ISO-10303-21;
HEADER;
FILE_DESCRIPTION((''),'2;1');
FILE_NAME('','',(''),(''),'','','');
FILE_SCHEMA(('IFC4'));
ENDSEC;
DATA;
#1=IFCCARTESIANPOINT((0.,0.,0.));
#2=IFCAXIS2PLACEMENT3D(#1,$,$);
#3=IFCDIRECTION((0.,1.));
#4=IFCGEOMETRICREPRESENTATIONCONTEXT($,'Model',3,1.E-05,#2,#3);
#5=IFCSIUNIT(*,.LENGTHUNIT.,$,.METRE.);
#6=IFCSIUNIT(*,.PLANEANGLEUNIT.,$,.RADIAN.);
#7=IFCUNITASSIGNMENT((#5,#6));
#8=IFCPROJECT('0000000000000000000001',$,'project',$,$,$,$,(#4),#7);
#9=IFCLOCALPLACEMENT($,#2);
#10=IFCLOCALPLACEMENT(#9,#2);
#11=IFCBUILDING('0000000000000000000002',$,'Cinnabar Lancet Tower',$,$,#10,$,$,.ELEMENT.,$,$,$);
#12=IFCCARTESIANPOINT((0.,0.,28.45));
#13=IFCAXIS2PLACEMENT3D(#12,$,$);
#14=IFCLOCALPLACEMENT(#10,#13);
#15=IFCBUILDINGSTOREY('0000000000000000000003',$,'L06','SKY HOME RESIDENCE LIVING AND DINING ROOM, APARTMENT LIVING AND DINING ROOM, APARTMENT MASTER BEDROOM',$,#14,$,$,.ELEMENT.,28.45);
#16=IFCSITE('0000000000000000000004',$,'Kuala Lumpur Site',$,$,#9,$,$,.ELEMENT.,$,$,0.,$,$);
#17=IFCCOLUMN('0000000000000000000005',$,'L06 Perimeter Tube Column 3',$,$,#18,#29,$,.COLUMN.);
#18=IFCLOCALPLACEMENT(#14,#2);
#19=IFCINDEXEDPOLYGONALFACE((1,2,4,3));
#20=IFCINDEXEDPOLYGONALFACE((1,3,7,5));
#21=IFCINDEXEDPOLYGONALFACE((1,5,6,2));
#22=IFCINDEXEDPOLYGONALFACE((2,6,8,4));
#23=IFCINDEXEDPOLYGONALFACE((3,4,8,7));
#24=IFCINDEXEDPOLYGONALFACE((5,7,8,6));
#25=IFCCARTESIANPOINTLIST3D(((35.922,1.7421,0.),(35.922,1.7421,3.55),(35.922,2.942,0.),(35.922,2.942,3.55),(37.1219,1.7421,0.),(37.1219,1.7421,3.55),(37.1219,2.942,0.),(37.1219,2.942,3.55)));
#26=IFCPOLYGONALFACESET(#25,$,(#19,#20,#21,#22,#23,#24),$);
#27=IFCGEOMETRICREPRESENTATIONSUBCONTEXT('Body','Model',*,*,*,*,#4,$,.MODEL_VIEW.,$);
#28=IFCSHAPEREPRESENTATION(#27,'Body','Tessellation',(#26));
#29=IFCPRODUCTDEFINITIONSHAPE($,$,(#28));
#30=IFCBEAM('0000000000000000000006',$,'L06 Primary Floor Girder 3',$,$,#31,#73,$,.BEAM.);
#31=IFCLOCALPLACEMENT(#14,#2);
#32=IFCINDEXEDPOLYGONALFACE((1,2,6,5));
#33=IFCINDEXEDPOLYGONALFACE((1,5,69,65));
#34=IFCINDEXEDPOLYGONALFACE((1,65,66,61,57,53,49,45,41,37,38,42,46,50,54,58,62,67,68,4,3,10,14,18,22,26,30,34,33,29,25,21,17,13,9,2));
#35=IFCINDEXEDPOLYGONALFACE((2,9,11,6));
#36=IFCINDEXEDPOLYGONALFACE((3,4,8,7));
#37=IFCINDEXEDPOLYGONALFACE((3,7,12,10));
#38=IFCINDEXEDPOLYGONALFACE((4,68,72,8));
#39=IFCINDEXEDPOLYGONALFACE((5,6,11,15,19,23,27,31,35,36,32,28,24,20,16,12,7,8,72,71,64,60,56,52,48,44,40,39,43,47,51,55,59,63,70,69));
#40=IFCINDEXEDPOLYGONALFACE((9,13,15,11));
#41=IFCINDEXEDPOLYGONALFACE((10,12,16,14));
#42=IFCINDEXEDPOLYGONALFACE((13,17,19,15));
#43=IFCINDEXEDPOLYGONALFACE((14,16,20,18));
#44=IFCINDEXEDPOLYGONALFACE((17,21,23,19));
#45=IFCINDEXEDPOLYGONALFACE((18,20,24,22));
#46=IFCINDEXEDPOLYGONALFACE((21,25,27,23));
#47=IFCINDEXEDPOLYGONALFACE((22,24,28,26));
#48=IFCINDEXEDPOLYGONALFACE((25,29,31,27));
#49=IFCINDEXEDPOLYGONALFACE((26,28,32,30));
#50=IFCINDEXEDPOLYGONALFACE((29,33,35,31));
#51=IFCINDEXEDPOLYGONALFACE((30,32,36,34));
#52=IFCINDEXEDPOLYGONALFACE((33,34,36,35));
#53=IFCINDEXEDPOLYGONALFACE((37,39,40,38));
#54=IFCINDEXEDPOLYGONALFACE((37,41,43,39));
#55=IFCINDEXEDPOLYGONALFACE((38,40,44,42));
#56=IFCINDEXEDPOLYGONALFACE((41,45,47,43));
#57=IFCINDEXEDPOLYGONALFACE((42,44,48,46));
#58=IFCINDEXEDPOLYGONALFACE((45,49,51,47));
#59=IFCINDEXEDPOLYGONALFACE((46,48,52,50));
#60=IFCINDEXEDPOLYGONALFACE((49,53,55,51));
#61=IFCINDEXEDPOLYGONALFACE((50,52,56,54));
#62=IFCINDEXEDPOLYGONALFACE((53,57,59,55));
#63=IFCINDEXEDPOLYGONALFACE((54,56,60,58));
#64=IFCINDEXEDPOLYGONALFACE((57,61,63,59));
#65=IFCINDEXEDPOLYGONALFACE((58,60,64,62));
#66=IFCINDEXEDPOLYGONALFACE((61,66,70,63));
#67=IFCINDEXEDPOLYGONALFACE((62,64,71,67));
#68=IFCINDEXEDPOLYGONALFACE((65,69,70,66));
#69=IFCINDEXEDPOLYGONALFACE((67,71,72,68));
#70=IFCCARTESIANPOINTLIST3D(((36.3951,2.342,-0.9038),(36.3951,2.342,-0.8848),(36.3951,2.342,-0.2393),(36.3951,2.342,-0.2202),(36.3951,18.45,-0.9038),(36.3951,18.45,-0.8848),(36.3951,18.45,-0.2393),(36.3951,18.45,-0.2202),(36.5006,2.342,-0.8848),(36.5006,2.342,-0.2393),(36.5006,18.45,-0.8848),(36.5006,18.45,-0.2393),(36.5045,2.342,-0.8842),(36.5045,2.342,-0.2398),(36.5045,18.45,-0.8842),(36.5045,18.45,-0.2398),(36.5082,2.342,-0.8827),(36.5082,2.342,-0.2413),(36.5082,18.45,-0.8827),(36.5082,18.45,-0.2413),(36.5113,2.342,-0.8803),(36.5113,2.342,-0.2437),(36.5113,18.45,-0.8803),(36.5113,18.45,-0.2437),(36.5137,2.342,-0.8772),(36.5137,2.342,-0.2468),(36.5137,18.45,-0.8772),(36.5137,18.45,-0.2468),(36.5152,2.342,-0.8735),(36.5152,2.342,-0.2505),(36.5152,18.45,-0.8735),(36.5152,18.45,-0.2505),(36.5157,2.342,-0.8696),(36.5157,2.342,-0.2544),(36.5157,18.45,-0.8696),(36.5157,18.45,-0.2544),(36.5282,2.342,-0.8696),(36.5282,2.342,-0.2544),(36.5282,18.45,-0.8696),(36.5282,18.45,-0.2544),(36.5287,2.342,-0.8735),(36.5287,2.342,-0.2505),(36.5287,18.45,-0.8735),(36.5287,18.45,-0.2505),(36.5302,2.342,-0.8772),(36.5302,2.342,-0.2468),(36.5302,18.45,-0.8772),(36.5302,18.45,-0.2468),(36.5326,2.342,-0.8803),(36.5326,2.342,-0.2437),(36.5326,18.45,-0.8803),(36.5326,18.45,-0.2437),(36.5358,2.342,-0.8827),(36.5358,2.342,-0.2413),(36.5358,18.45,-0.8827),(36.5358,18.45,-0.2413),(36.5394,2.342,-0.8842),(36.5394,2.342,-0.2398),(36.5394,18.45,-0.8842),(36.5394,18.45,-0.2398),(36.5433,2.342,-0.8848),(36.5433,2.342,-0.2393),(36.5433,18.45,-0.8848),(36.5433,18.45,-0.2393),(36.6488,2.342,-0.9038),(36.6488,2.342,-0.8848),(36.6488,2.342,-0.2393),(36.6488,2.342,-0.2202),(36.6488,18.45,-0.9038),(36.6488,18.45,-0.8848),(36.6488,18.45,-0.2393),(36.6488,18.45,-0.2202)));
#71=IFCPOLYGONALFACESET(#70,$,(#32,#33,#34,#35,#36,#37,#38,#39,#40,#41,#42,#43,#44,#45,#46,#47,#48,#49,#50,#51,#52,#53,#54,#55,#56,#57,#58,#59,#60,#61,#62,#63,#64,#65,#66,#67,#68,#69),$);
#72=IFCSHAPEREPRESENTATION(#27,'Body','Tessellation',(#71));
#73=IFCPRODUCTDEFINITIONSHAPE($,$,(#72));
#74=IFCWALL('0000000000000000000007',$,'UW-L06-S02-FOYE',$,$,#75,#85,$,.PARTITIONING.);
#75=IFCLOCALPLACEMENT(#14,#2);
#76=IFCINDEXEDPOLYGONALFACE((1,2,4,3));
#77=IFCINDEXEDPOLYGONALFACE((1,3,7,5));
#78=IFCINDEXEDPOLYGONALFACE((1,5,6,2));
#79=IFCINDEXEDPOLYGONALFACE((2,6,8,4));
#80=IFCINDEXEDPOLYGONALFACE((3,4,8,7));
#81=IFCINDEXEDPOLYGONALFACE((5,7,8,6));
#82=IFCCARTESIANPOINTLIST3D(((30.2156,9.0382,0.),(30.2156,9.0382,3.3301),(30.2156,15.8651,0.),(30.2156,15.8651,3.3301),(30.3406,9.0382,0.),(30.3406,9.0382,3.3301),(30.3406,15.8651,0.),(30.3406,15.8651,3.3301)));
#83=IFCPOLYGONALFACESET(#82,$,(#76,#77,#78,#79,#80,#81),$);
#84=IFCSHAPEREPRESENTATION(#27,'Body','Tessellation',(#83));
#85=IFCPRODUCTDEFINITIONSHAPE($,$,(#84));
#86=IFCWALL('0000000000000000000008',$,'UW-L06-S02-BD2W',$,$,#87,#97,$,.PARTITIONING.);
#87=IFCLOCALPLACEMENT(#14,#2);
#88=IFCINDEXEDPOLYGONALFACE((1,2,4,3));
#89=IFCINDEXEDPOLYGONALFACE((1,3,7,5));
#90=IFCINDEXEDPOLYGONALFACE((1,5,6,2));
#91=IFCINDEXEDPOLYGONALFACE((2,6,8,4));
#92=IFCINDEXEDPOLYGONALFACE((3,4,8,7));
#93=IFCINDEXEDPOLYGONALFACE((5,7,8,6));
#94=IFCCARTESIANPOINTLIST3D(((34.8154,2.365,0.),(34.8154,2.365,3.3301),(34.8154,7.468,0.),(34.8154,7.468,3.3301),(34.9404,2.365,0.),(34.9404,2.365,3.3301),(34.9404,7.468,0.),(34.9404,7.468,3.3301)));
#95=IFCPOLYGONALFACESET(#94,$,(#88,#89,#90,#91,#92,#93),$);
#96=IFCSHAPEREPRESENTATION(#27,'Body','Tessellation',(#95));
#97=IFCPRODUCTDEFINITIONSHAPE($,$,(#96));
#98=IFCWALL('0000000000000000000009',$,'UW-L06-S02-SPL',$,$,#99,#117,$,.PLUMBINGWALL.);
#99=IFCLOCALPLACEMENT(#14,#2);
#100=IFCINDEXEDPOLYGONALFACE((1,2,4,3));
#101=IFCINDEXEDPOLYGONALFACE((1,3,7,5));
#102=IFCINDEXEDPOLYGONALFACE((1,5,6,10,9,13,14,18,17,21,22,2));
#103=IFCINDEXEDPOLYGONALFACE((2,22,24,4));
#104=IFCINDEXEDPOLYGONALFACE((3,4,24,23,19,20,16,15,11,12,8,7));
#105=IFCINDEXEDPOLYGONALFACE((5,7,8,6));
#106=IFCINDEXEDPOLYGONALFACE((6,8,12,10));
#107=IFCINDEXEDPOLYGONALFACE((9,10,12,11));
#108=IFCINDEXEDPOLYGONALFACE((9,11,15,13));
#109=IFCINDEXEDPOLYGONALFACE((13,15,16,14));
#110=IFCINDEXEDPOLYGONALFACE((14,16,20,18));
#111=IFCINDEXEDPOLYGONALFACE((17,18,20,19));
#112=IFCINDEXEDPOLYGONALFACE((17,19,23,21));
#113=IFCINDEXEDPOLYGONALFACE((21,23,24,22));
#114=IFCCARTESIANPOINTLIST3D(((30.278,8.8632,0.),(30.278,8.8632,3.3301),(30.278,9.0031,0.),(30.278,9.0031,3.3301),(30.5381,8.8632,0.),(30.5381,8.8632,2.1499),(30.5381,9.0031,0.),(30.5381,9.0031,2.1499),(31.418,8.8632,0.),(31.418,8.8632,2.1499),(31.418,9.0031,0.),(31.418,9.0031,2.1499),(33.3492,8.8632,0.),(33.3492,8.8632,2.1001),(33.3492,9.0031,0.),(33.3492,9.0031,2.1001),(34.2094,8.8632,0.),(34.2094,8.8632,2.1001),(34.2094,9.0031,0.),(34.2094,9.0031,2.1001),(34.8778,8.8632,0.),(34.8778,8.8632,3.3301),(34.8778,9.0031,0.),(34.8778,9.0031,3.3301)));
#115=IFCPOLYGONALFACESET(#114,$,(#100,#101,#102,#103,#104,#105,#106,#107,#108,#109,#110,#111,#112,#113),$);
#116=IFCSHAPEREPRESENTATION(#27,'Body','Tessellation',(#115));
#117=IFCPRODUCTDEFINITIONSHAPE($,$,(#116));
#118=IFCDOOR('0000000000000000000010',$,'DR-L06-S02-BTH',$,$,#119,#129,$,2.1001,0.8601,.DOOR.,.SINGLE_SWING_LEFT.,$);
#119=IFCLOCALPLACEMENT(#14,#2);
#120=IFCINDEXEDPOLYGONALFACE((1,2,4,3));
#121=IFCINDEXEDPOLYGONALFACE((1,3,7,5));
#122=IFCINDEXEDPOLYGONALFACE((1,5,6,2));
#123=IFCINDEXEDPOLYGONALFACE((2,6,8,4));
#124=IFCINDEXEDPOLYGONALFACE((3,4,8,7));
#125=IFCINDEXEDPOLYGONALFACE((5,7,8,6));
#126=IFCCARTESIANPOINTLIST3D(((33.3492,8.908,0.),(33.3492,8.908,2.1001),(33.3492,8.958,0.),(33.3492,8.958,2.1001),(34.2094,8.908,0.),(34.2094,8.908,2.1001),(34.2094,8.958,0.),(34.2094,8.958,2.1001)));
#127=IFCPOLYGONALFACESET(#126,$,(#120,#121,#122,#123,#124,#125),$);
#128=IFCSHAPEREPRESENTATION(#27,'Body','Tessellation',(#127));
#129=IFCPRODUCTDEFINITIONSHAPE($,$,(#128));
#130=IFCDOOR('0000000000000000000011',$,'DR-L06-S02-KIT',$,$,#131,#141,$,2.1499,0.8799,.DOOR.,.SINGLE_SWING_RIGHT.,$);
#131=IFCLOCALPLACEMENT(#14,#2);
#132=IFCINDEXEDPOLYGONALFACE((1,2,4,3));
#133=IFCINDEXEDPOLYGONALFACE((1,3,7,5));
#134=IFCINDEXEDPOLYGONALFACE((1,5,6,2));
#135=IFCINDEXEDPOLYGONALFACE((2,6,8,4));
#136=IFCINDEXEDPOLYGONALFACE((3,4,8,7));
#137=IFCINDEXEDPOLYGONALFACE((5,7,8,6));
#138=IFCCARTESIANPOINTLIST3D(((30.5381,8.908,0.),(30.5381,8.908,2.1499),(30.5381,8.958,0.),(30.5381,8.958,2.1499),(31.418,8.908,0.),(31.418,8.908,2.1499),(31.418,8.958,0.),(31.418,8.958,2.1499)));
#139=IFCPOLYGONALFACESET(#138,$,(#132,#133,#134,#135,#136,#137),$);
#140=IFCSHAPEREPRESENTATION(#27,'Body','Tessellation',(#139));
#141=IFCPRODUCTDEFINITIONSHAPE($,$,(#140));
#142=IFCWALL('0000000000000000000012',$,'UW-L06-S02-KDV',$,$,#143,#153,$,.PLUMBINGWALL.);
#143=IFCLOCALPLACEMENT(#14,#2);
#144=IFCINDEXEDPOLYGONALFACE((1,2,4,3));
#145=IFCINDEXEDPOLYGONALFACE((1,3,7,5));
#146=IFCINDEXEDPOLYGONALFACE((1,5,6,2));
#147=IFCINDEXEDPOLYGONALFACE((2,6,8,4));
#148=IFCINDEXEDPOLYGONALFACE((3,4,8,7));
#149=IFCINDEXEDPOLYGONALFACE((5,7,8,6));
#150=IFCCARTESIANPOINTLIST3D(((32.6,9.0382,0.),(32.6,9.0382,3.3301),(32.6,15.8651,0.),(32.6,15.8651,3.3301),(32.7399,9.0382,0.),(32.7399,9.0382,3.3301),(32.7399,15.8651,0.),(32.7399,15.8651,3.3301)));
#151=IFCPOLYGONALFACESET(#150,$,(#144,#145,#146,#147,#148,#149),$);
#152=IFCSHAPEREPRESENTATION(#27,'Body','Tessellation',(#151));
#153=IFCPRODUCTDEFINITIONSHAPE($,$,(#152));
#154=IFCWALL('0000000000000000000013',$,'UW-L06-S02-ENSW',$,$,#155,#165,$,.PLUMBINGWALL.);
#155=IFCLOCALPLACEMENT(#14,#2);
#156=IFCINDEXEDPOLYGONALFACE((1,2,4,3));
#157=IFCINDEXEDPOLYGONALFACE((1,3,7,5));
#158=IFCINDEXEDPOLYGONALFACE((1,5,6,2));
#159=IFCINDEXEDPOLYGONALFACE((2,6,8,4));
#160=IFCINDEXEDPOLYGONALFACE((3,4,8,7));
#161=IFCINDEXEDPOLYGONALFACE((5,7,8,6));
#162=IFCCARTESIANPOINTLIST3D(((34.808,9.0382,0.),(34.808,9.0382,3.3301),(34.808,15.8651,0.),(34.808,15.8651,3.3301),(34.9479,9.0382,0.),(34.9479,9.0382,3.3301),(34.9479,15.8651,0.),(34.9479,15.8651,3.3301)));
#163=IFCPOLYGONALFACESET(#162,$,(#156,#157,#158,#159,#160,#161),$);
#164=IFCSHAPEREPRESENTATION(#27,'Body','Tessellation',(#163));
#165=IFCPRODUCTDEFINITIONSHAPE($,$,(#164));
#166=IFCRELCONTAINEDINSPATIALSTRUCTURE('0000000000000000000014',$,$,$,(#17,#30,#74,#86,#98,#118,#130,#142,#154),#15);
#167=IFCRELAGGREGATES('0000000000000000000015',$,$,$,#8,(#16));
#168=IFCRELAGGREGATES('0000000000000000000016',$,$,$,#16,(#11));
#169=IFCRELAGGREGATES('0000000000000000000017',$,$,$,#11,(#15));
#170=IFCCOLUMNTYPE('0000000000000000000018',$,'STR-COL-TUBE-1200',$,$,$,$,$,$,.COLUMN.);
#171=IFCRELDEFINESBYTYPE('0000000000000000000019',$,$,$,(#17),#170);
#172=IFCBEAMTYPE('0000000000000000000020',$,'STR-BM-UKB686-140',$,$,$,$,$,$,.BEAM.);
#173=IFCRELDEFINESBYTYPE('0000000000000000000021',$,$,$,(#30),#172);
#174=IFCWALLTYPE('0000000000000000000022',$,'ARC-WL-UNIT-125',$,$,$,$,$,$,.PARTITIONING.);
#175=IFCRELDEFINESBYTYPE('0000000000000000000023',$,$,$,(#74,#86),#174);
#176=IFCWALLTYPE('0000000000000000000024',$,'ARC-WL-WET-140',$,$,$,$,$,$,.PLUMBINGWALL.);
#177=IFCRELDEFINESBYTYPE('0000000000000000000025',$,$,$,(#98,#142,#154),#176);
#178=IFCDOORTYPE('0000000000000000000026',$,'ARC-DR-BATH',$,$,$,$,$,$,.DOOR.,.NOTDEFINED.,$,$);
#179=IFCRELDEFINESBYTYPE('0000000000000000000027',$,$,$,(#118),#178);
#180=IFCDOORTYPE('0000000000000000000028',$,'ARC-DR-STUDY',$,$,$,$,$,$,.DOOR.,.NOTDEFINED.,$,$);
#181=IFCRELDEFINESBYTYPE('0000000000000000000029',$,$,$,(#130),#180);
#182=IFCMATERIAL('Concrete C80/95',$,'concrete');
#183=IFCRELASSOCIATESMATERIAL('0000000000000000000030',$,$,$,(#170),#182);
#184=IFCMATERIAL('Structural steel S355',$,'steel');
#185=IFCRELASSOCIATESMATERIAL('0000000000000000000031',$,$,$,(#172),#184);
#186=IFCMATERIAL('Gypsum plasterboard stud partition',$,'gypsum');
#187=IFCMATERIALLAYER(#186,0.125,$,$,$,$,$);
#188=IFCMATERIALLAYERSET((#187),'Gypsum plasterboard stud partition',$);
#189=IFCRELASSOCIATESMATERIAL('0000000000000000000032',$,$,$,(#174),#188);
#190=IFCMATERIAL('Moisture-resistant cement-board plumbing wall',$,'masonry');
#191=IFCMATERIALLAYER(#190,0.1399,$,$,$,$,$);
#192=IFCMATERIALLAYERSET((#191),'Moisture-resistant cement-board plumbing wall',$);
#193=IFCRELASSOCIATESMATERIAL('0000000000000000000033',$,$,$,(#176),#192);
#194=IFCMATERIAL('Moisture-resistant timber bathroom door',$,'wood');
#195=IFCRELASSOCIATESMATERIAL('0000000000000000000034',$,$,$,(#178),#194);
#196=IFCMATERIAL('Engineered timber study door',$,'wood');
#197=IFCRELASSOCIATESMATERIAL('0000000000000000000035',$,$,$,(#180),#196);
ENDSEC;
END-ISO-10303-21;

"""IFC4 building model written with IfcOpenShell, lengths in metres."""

from ifc_helpers import new_model, si_unit, direction, frame, frame_2d, origin, origin_2d, place, context, subcontext, project, spatial, rectangle, i_section, extrude, material, layer, layer_set, material_profile, profile_set, type_object, element, fill, save


model = new_model("IFC4")

# Units and contexts
model_context = context("Model", 3, precision=1e-05, world=origin(), true_north=direction((0.0, 1.0)))
body_context = subcontext(model_context, "Body", "Model", "MODEL_VIEW")
ifc_project = project(units=[si_unit("LENGTHUNIT", "METRE"), si_unit("PLANEANGLEUNIT", "RADIAN")], contexts=[model_context])

# Site, building, storey
site_placement = place(None, origin())
site = spatial("IfcSite", under=ifc_project, at=site_placement, Name="Kuala Lumpur Site", CompositionType="ELEMENT", RefElevation=0.0)
building_placement = place(site_placement, origin())
building = spatial("IfcBuilding", under=site, at=building_placement, Name="Cinnabar Lancet Tower", CompositionType="ELEMENT")
storey_placement = place(building_placement, frame((0.0, 0.0, 28.45)))
storey = spatial("IfcBuildingStorey", under=building, at=storey_placement, Name="L06", Description="SKY HOME RESIDENCE LIVING AND DINING ROOM, APARTMENT LIVING AND DINING ROOM, APARTMENT MASTER BEDROOM", CompositionType="ELEMENT", Elevation=28.45)

# Column
ifc_material_1 = material(Name="Concrete C80/95", Category="concrete")
ifc_material_profile_1 = material_profile(ifc_material_1, rectangle(XDim=1.2, YDim=1.2, at=origin_2d()), Name="RC-COL 1200x1200")
ifc_profile_set_1 = profile_set([ifc_material_profile_1], Name="Concrete C80/95")
column_type = type_object("IfcColumnType", Name="STR-COL-TUBE-1200", PredefinedType="COLUMN", material=ifc_profile_set_1)
column_placement = place(storey_placement, frame((36.522, 2.342, 0.0), z_axis=(0.0, 0.0, 1.0), x_axis=(1.0, 0.0, 0.0)))
element("IfcColumn", 1, at=column_placement, inside=storey, type_object=column_type, Name="L06 Perimeter Tube Column 3", PredefinedType="COLUMN", context=body_context, shape_type="SweptSolid", body=[
    extrude(rectangle(XDim=1.2, YDim=1.2, at=origin_2d()), origin(), (0.0, 0.0, 1.0), 3.55),
])

# Beam
ifc_material_2 = material(Name="Structural steel S355", Category="steel")
ifc_material_profile_2 = material_profile(ifc_material_2, i_section(OverallWidth=0.2537, OverallDepth=0.6836, WebThickness=0.0125, FlangeThickness=0.019, FilletRadius=0.0151, at=origin_2d()), Name="UKB 686x254x140")
ifc_profile_set_2 = profile_set([ifc_material_profile_2], Name="Structural steel S355")
beam_type = type_object("IfcBeamType", Name="STR-BM-UKB686-140", PredefinedType="BEAM", material=ifc_profile_set_2)
beam_placement = place(storey_placement, frame((36.522, 2.342, -0.562), z_axis=(0.0, 1.0, 0.0), x_axis=(-1.0, 0.0, 0.0)))
element("IfcBeam", 2, at=beam_placement, inside=storey, type_object=beam_type, Name="L06 Primary Floor Girder 3", PredefinedType="BEAM", context=body_context, shape_type="SweptSolid", body=[
    extrude(i_section(OverallWidth=0.2537, OverallDepth=0.6836, WebThickness=0.0125, FlangeThickness=0.019, FilletRadius=0.0151, at=origin_2d()), origin(), (0.0, 0.0, 1.0), 16.1079),
])

# Walls
ifc_material_3 = material(Name="Gypsum plasterboard stud partition", Category="gypsum")
ifc_layer_1 = layer(ifc_material_3, 0.125)
ifc_layer_set_1 = layer_set([ifc_layer_1], Name="Gypsum plasterboard stud partition")
wall_type_1 = type_object("IfcWallType", Name="ARC-WL-UNIT-125", PredefinedType="PARTITIONING", material=ifc_layer_set_1)
wall_1_placement = place(storey_placement, frame((30.2781, 9.0381, 0.0), z_axis=(0.0, 0.0, 1.0), x_axis=(0.0, 1.0, 0.0)))
element("IfcWall", 3, at=wall_1_placement, inside=storey, type_object=wall_type_1, Name="UW-L06-S02-FOYE", PredefinedType="PARTITIONING", context=body_context, shape_type="SweptSolid", body=[
    extrude(rectangle(XDim=6.8269, YDim=0.125, at=frame_2d((3.4136, 0.0))), origin(), (0.0, 0.0, 1.0), 3.3301),
])
wall_2_placement = place(storey_placement, frame((34.8779, 2.365, 0.0), z_axis=(0.0, 0.0, 1.0), x_axis=(0.0, 1.0, 0.0)))
element("IfcWall", 4, at=wall_2_placement, inside=storey, type_object=wall_type_1, Name="UW-L06-S02-BD2W", PredefinedType="PARTITIONING", context=body_context, shape_type="SweptSolid", body=[
    extrude(rectangle(XDim=5.103, YDim=0.125, at=frame_2d((2.5515, 0.0))), origin(), (0.0, 0.0, 1.0), 3.3301),
])

# Wall, openings, doors
ifc_material_4 = material(Name="Moisture-resistant cement-board plumbing wall", Category="masonry")
ifc_layer_2 = layer(ifc_material_4, 0.1399)
ifc_layer_set_2 = layer_set([ifc_layer_2], Name="Moisture-resistant cement-board plumbing wall")
wall_type_2 = type_object("IfcWallType", Name="ARC-WL-WET-140", PredefinedType="PLUMBINGWALL", material=ifc_layer_set_2)
wall_3_placement = place(storey_placement, frame((30.2781, 8.9331, 0.0), z_axis=(0.0, 0.0, 1.0), x_axis=(1.0, 0.0, 0.0)))
wall_3 = element("IfcWall", 5, at=wall_3_placement, inside=storey, type_object=wall_type_2, Name="UW-L06-S02-SPL", PredefinedType="PLUMBINGWALL", context=body_context, shape_type="SweptSolid", body=[
    extrude(rectangle(XDim=4.5999, YDim=0.1399, at=frame_2d((2.2998, 0.0))), origin(), (0.0, 0.0, 1.0), 3.3301),
])
opening_1_placement = place(wall_3_placement, frame((3.071, 0.0, 0.0)))
opening_1 = element("IfcOpeningElement", 6, at=opening_1_placement, cuts=wall_3, PredefinedType="OPENING", context=body_context, shape_type="SweptSolid", body=[
    extrude(rectangle(XDim=0.8601, YDim=2.1001, at=frame_2d((0.4302, 1.05))), frame((0.0, 0.0798, 0.0), z_axis=(0.0, -1.0, 0.0), x_axis=(1.0, 0.0, 0.0)), (0.0, 0.0, 1.0), 0.1599),
])
opening_2_placement = place(wall_3_placement, frame((0.26, 0.0, 0.0)))
opening_2 = element("IfcOpeningElement", 7, at=opening_2_placement, cuts=wall_3, PredefinedType="OPENING", context=body_context, shape_type="SweptSolid", body=[
    extrude(rectangle(XDim=0.8799, YDim=2.1499, at=frame_2d((0.4399, 1.075))), frame((0.0, 0.0798, 0.0), z_axis=(0.0, -1.0, 0.0), x_axis=(1.0, 0.0, 0.0)), (0.0, 0.0, 1.0), 0.1599),
])
ifc_material_5 = material(Name="Moisture-resistant timber bathroom door", Category="wood")
door_type_1 = type_object("IfcDoorType", Name="ARC-DR-BATH", OperationType="NOTDEFINED", PredefinedType="DOOR", material=ifc_material_5)
door_1_placement = place(opening_1_placement, origin())
door_1 = element("IfcDoor", 8, at=door_1_placement, inside=storey, type_object=door_type_1, Name="DR-L06-S02-BTH", OperationType="SINGLE_SWING_LEFT", OverallHeight=2.1001, OverallWidth=0.8601, PredefinedType="DOOR", context=body_context, shape_type="SweptSolid", body=[
    extrude(rectangle(XDim=0.8601, YDim=2.1001, at=frame_2d((0.4302, 1.05))), frame((0.0, 0.0249, 0.0), z_axis=(0.0, -1.0, 0.0), x_axis=(1.0, 0.0, 0.0)), (0.0, 0.0, 1.0), 0.05),
])
fill(opening_1, door_1)
ifc_material_6 = material(Name="Engineered timber study door", Category="wood")
door_type_2 = type_object("IfcDoorType", Name="ARC-DR-STUDY", OperationType="NOTDEFINED", PredefinedType="DOOR", material=ifc_material_6)
door_2_placement = place(opening_2_placement, origin())
door_2 = element("IfcDoor", 9, at=door_2_placement, inside=storey, type_object=door_type_2, Name="DR-L06-S02-KIT", OperationType="SINGLE_SWING_RIGHT", OverallHeight=2.1499, OverallWidth=0.8799, PredefinedType="DOOR", context=body_context, shape_type="SweptSolid", body=[
    extrude(rectangle(XDim=0.8799, YDim=2.1499, at=frame_2d((0.4399, 1.075))), frame((0.0, 0.0249, 0.0), z_axis=(0.0, -1.0, 0.0), x_axis=(1.0, 0.0, 0.0)), (0.0, 0.0, 1.0), 0.05),
])
fill(opening_2, door_2)

# Walls
for number, where, z_axis, x_axis, name in (
    (10, (32.6699, 9.0381, 0.0), (0.0, 0.0, 1.0), (0.0, 1.0, 0.0), "UW-L06-S02-KDV"),
    (11, (34.8779, 9.0381, 0.0), (0.0, 0.0, 1.0), (0.0, 1.0, 0.0), "UW-L06-S02-ENSW"),
):
    element("IfcWall", number, at=place(storey_placement, frame(where, z_axis=z_axis, x_axis=x_axis)), inside=storey, type_object=wall_type_2, Name=name, PredefinedType="PLUMBINGWALL", context=body_context, shape_type="SweptSolid", body=[
        extrude(rectangle(XDim=6.8269, YDim=0.1399, at=frame_2d((3.4136, 0.0))), origin(), (0.0, 0.0, 1.0), 3.3301),
    ])

save(model, "model.ifc")
